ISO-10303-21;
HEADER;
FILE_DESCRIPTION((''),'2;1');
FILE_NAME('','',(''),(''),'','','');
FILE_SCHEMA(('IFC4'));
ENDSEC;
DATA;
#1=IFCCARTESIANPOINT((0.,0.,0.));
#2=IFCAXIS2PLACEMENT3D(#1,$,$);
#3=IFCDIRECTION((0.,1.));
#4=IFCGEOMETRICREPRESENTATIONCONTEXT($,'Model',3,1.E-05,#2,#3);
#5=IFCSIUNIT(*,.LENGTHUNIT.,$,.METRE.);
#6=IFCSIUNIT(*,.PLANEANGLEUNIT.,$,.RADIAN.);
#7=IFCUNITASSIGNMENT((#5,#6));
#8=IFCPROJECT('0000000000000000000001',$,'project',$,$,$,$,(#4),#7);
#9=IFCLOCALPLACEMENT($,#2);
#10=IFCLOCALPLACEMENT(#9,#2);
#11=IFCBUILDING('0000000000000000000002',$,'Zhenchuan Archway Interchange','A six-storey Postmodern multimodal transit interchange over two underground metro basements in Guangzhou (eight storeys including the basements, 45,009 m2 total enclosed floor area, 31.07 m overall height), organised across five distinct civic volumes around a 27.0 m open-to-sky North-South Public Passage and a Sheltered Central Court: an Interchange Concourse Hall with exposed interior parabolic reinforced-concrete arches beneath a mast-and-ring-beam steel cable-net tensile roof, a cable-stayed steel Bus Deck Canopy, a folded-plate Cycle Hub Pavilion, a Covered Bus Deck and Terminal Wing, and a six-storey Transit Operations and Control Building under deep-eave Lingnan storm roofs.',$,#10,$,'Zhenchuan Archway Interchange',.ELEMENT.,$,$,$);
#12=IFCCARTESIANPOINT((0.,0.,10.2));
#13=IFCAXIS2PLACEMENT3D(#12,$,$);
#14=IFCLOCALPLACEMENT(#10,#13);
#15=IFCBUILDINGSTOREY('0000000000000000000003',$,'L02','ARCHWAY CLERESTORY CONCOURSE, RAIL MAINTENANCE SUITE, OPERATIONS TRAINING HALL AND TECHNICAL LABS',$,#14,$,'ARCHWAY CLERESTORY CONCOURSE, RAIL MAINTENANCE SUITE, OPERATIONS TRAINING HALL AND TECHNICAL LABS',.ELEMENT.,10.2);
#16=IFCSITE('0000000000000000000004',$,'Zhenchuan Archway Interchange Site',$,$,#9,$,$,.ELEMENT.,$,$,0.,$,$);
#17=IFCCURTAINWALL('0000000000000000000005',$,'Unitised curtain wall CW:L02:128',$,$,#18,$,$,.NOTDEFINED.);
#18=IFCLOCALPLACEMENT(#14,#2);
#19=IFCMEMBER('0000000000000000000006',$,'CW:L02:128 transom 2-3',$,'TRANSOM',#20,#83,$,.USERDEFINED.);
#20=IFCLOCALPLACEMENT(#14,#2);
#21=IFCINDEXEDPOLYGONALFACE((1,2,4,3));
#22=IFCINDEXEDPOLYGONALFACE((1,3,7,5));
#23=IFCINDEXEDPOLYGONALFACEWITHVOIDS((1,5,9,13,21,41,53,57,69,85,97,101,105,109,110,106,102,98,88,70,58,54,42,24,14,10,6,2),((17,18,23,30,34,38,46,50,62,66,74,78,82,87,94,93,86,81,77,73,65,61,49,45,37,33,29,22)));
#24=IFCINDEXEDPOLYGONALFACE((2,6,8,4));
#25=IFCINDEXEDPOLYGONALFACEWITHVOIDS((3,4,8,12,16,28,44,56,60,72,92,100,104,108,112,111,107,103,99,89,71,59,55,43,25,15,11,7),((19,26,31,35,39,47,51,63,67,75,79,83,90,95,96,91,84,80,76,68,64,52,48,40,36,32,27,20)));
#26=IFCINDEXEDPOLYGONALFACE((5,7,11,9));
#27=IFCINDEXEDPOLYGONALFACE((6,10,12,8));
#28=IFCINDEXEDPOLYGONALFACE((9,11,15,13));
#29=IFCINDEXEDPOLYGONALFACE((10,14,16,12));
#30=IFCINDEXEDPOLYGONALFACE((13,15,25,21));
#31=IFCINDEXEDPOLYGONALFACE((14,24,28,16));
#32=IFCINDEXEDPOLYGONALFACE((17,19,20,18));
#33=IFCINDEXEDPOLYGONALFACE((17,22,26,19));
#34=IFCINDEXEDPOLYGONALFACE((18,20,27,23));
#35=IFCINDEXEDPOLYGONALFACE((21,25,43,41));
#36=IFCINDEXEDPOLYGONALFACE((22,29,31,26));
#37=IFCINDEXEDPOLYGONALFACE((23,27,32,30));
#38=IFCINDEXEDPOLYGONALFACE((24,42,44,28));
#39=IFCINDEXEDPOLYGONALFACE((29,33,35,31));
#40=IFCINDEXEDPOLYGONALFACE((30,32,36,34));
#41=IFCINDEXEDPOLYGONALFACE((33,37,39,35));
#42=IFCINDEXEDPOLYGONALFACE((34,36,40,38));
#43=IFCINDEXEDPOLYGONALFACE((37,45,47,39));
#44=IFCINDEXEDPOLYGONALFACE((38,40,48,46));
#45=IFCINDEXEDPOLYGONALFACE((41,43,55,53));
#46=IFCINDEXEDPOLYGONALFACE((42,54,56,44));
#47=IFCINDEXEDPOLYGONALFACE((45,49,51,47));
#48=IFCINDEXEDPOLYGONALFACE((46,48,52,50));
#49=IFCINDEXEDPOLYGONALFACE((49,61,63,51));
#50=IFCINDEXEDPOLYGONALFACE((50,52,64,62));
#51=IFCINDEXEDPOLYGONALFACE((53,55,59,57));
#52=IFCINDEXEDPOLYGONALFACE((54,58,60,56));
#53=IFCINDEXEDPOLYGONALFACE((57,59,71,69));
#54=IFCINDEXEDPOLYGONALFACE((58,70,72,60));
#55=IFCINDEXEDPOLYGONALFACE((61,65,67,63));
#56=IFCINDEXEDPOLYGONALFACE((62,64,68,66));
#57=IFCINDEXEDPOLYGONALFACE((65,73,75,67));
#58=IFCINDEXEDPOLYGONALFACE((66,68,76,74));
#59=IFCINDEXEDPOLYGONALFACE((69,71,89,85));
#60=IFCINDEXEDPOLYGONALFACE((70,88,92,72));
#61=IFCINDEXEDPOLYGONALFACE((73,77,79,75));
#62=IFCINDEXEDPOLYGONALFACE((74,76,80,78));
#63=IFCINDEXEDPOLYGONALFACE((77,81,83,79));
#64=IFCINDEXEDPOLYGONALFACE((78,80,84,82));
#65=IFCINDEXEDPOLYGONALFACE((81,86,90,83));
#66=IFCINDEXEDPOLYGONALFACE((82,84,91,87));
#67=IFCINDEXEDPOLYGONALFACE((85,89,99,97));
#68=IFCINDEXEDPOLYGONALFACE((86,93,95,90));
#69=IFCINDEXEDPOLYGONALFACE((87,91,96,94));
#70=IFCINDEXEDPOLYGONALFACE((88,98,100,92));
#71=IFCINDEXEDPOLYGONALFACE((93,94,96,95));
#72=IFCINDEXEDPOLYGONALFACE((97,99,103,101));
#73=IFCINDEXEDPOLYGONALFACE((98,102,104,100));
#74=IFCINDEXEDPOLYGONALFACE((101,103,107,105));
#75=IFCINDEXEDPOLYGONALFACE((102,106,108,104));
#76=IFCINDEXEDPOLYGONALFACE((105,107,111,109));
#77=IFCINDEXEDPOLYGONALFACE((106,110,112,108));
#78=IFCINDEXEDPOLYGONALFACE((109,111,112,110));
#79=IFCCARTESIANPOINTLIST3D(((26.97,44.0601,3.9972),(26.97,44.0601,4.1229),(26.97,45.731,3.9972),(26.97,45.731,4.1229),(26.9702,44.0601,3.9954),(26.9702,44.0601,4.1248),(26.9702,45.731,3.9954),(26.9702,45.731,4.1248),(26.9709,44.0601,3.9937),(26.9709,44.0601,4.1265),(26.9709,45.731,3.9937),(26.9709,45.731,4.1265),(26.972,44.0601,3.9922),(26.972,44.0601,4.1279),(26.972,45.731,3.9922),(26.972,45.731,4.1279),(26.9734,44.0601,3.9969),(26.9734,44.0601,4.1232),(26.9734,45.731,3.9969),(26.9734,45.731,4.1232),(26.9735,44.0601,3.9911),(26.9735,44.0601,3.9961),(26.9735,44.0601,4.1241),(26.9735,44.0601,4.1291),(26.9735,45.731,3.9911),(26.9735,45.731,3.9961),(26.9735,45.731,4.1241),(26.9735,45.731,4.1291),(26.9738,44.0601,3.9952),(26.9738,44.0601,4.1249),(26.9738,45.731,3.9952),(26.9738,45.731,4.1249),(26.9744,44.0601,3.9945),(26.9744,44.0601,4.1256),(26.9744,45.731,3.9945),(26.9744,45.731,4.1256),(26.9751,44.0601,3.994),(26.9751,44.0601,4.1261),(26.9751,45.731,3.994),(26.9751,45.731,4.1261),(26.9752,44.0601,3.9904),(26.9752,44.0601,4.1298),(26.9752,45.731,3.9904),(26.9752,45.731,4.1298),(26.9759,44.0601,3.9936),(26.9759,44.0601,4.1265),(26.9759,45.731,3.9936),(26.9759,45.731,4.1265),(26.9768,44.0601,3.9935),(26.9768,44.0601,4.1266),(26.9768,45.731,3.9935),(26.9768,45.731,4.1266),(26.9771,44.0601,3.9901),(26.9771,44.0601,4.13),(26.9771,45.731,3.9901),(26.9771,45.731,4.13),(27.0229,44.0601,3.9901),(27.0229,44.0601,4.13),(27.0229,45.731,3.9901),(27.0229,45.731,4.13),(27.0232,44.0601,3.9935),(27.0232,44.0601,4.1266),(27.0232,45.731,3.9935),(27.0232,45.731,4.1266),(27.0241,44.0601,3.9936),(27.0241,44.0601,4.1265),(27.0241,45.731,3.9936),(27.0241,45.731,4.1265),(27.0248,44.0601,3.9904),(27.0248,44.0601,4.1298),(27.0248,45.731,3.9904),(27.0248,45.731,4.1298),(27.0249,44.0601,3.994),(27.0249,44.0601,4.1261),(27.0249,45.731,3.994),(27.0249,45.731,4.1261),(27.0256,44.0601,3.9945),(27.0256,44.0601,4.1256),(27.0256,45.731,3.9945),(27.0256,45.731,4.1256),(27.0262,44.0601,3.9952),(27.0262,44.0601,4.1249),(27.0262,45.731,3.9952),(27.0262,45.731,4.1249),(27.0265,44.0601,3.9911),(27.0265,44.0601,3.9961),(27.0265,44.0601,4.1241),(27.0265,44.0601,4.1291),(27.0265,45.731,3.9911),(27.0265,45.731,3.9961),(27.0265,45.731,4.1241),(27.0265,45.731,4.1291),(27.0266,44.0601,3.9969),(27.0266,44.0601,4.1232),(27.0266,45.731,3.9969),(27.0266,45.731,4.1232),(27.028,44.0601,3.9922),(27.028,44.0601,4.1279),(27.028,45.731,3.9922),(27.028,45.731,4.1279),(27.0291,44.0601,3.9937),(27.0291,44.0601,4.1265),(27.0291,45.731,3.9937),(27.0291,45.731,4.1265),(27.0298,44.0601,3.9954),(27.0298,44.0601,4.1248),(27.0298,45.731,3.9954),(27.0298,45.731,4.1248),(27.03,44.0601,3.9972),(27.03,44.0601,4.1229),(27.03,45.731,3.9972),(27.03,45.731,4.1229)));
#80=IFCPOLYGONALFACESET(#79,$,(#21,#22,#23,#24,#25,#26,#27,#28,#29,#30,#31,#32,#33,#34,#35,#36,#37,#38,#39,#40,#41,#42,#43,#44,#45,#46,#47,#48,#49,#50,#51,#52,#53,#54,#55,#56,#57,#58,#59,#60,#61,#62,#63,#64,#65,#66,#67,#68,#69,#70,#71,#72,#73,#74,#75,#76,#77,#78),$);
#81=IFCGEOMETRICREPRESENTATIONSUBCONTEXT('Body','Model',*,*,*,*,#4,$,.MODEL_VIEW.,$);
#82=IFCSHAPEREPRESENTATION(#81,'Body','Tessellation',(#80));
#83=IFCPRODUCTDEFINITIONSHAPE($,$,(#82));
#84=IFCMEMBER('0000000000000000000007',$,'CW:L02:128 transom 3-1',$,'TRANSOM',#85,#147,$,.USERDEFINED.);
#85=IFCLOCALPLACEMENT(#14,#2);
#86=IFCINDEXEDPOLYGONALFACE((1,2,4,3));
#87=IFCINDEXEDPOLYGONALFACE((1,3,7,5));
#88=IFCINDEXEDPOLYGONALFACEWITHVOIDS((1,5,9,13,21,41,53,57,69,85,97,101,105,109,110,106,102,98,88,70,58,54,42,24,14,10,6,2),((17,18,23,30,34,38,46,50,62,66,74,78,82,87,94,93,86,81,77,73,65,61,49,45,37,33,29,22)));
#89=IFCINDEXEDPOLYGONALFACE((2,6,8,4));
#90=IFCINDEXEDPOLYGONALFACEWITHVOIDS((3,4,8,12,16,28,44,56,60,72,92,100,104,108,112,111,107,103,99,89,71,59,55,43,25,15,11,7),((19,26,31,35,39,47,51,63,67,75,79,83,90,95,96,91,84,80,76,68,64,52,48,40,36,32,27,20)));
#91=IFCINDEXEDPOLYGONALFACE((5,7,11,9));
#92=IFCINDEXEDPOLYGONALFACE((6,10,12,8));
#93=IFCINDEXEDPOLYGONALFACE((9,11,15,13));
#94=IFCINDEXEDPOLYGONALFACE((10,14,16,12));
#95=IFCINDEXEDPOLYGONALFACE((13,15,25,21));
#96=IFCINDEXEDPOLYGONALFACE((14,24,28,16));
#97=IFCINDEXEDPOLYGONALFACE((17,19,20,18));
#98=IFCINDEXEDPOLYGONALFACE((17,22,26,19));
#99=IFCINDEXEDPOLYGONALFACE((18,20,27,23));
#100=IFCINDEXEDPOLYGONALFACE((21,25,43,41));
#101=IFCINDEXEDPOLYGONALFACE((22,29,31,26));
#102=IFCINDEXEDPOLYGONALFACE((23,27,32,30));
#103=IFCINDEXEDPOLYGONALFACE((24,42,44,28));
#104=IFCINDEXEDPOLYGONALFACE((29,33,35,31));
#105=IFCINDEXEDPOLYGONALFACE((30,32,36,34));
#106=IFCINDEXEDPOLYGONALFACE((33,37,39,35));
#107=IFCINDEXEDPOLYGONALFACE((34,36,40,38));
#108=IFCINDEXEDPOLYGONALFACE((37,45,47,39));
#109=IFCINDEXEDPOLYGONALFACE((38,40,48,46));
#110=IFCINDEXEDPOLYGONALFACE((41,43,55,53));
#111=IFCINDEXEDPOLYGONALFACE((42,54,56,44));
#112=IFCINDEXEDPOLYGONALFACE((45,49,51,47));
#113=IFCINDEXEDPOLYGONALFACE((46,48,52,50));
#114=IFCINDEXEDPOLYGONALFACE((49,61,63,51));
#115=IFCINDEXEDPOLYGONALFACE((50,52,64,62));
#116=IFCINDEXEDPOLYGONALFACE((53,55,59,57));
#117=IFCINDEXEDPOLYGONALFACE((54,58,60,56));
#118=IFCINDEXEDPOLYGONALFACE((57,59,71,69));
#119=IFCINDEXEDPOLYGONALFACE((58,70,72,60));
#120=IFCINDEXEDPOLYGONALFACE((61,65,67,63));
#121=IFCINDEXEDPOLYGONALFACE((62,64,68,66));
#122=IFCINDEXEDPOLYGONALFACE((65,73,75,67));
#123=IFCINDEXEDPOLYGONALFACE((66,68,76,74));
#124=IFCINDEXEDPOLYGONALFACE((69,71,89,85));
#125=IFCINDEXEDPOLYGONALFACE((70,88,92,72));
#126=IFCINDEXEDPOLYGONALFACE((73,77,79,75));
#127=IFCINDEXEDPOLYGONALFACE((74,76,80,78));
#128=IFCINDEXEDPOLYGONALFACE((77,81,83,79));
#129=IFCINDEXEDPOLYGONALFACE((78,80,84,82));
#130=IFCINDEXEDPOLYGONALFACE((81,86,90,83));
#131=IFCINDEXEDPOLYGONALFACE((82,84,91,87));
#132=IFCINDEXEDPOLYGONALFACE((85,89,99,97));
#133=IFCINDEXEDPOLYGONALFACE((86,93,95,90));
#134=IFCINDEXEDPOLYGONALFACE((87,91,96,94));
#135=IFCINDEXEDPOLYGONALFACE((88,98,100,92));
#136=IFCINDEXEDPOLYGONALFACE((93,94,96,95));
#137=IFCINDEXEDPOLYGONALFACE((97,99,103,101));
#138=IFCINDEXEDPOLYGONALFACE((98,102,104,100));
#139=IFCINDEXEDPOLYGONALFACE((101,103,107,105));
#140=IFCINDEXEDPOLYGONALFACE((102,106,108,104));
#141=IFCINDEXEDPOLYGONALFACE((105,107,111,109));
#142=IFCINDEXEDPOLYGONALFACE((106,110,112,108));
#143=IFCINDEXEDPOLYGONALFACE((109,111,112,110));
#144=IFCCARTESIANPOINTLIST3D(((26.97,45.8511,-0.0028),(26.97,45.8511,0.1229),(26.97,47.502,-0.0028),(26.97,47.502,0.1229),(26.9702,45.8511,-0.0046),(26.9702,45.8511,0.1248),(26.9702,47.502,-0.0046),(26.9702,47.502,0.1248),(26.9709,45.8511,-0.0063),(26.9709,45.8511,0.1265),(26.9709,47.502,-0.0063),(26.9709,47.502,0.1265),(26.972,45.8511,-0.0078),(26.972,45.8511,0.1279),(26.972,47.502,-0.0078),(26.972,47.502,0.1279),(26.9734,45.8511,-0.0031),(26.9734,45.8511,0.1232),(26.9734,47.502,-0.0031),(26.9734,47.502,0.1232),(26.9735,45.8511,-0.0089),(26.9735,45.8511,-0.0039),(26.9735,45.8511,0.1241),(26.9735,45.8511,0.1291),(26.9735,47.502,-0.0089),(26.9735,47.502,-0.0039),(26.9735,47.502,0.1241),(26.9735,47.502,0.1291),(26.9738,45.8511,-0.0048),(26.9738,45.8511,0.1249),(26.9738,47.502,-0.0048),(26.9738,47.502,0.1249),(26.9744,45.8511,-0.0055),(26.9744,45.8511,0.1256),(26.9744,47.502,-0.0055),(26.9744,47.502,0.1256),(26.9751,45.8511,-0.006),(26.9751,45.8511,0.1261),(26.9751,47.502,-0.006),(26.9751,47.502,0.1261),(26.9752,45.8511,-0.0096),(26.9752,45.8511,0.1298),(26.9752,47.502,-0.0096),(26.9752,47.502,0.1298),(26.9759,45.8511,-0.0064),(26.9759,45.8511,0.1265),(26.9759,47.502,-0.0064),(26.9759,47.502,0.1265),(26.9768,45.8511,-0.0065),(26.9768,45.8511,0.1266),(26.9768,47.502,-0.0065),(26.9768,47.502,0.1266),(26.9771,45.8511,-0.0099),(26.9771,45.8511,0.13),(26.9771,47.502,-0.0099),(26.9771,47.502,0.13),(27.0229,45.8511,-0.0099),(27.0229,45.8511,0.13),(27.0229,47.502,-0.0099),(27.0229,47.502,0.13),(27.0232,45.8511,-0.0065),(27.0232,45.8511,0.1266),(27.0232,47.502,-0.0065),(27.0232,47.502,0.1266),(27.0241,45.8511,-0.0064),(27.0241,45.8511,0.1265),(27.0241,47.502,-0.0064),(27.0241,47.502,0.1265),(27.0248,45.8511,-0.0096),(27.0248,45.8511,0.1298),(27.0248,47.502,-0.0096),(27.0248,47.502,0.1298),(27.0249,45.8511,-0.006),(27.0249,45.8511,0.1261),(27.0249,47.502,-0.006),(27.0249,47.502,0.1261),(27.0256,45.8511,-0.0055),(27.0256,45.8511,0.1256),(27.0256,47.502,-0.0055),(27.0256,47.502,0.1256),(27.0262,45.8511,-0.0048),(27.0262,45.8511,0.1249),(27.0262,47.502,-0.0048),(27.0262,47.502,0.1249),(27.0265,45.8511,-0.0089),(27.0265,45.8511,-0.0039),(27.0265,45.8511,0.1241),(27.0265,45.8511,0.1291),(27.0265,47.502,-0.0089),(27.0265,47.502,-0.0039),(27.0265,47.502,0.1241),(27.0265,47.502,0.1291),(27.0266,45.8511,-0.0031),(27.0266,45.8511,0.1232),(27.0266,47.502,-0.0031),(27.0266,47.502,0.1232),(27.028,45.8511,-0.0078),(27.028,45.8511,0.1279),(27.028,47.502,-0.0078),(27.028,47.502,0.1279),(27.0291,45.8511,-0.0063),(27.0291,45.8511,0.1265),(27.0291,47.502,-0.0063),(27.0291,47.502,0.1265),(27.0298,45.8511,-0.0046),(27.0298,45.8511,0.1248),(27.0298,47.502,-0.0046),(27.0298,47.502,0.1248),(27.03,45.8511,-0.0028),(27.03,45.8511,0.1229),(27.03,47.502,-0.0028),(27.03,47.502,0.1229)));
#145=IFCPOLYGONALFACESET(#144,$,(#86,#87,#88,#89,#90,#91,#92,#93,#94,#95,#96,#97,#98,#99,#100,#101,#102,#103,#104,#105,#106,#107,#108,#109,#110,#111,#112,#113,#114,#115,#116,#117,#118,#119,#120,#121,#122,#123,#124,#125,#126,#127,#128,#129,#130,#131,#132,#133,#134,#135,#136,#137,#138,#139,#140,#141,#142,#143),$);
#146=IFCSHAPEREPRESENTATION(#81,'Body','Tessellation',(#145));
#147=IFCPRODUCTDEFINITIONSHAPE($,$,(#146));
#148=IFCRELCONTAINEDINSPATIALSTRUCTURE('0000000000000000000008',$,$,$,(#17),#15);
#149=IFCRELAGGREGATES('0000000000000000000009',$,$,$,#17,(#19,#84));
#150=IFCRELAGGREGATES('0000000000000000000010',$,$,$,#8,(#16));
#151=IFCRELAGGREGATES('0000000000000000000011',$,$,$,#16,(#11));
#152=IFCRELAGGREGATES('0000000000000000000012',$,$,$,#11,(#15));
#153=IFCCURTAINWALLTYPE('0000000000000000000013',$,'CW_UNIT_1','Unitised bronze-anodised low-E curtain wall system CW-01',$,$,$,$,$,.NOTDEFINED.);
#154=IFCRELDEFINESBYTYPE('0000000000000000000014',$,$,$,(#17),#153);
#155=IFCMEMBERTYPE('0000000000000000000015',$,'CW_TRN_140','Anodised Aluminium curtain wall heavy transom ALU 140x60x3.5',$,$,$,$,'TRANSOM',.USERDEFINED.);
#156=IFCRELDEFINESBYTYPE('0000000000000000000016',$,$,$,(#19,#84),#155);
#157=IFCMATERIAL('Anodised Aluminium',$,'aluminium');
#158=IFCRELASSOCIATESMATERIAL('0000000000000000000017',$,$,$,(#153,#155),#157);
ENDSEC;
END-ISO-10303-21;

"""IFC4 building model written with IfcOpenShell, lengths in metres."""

from ifc_helpers import new_model, si_unit, direction, frame, origin, origin_2d, place, context, subcontext, project, spatial, hollow_rectangle, extrude, material, material_profile, profile_set, type_object, element, aggregate, save


model = new_model("IFC4")

# Units and contexts
model_context = context("Model", 3, precision=1e-05, world=origin(), true_north=direction((0.0, 1.0)))
body_context = subcontext(model_context, "Body", "Model", "MODEL_VIEW")
ifc_project = project(units=[si_unit("LENGTHUNIT", "METRE"), si_unit("PLANEANGLEUNIT", "RADIAN")], contexts=[model_context])

# Site, building, storey
site_placement = place(None, origin())
site = spatial("IfcSite", under=ifc_project, at=site_placement, Name="Zhenchuan Archway Interchange Site", CompositionType="ELEMENT", RefElevation=0.0)
building_placement = place(site_placement, origin())
building = spatial("IfcBuilding", under=site, at=building_placement, Name="Zhenchuan Archway Interchange", Description="A six-storey Postmodern multimodal transit interchange over two underground metro basements in Guangzhou (eight storeys including the basements, 45,009 m2 total enclosed floor area, 31.07 m overall height), organised across five distinct civic volumes around a 27.0 m open-to-sky North-South Public Passage and a Sheltered Central Court: an Interchange Concourse Hall with exposed interior parabolic reinforced-concrete arches beneath a mast-and-ring-beam steel cable-net tensile roof, a cable-stayed steel Bus Deck Canopy, a folded-plate Cycle Hub Pavilion, a Covered Bus Deck and Terminal Wing, and a six-storey Transit Operations and Control Building under deep-eave Lingnan storm roofs.", LongName="Zhenchuan Archway Interchange", CompositionType="ELEMENT")
storey_placement = place(building_placement, frame((0.0, 0.0, 10.2)))
storey = spatial("IfcBuildingStorey", under=building, at=storey_placement, Name="L02", Description="ARCHWAY CLERESTORY CONCOURSE, RAIL MAINTENANCE SUITE, OPERATIONS TRAINING HALL AND TECHNICAL LABS", LongName="ARCHWAY CLERESTORY CONCOURSE, RAIL MAINTENANCE SUITE, OPERATIONS TRAINING HALL AND TECHNICAL LABS", CompositionType="ELEMENT", Elevation=10.2)

# Curtain wall, members
ifc_material_1 = material(Name="Anodised Aluminium", Category="aluminium")
curtain_wall_type = type_object("IfcCurtainWallType", Name="CW_UNIT_1", Description="Unitised bronze-anodised low-E curtain wall system CW-01", PredefinedType="NOTDEFINED", material=ifc_material_1)
curtain_wall_placement = place(storey_placement, origin())
curtain_wall = element("IfcCurtainWall", 1, at=curtain_wall_placement, inside=storey, type_object=curtain_wall_type, Name="Unitised curtain wall CW:L02:128", PredefinedType="NOTDEFINED")
ifc_material_profile_1 = material_profile(ifc_material_1, hollow_rectangle(XDim=0.0601, YDim=0.1399, WallThickness=0.0034, InnerFilletRadius=0.0034, OuterFilletRadius=0.0071, at=origin_2d()), Name="ALU 140x60x3.5")
ifc_profile_set_1 = profile_set([ifc_material_profile_1], Name="Anodised Aluminium")
member_type_1 = type_object("IfcMemberType", Name="CW_TRN_140", Description="Anodised Aluminium curtain wall heavy transom ALU 140x60x3.5", ElementType="TRANSOM", PredefinedType="USERDEFINED", material=ifc_profile_set_1)
member_1_placement = place(storey_placement, frame((27.0, 44.0601, 4.0601), z_axis=(0.0, 1.0, 0.0), x_axis=(-1.0, 0.0, 0.0)))
member_1 = element("IfcMember", 2, at=member_1_placement, type_object=member_type_1, Name="CW:L02:128 transom 2-3", ObjectType="TRANSOM", PredefinedType="USERDEFINED", context=body_context, shape_type="SweptSolid", body=[
    extrude(hollow_rectangle(XDim=0.0601, YDim=0.1399, WallThickness=0.0034, InnerFilletRadius=0.0034, OuterFilletRadius=0.0071, at=origin_2d()), origin(), (0.0, 0.0, 1.0), 1.6709),
])
member_2_placement = place(storey_placement, frame((27.0, 45.8511, 0.0601), z_axis=(0.0, 1.0, 0.0), x_axis=(-1.0, 0.0, 0.0)))
member_2 = element("IfcMember", 3, at=member_2_placement, type_object=member_type_1, Name="CW:L02:128 transom 3-1", ObjectType="TRANSOM", PredefinedType="USERDEFINED", context=body_context, shape_type="SweptSolid", body=[
    extrude(hollow_rectangle(XDim=0.0601, YDim=0.1399, WallThickness=0.0034, InnerFilletRadius=0.0034, OuterFilletRadius=0.0071, at=origin_2d()), origin(), (0.0, 0.0, 1.0), 1.6509),
])
aggregate(curtain_wall, [member_1, member_2])

save(model, "model.ifc")
